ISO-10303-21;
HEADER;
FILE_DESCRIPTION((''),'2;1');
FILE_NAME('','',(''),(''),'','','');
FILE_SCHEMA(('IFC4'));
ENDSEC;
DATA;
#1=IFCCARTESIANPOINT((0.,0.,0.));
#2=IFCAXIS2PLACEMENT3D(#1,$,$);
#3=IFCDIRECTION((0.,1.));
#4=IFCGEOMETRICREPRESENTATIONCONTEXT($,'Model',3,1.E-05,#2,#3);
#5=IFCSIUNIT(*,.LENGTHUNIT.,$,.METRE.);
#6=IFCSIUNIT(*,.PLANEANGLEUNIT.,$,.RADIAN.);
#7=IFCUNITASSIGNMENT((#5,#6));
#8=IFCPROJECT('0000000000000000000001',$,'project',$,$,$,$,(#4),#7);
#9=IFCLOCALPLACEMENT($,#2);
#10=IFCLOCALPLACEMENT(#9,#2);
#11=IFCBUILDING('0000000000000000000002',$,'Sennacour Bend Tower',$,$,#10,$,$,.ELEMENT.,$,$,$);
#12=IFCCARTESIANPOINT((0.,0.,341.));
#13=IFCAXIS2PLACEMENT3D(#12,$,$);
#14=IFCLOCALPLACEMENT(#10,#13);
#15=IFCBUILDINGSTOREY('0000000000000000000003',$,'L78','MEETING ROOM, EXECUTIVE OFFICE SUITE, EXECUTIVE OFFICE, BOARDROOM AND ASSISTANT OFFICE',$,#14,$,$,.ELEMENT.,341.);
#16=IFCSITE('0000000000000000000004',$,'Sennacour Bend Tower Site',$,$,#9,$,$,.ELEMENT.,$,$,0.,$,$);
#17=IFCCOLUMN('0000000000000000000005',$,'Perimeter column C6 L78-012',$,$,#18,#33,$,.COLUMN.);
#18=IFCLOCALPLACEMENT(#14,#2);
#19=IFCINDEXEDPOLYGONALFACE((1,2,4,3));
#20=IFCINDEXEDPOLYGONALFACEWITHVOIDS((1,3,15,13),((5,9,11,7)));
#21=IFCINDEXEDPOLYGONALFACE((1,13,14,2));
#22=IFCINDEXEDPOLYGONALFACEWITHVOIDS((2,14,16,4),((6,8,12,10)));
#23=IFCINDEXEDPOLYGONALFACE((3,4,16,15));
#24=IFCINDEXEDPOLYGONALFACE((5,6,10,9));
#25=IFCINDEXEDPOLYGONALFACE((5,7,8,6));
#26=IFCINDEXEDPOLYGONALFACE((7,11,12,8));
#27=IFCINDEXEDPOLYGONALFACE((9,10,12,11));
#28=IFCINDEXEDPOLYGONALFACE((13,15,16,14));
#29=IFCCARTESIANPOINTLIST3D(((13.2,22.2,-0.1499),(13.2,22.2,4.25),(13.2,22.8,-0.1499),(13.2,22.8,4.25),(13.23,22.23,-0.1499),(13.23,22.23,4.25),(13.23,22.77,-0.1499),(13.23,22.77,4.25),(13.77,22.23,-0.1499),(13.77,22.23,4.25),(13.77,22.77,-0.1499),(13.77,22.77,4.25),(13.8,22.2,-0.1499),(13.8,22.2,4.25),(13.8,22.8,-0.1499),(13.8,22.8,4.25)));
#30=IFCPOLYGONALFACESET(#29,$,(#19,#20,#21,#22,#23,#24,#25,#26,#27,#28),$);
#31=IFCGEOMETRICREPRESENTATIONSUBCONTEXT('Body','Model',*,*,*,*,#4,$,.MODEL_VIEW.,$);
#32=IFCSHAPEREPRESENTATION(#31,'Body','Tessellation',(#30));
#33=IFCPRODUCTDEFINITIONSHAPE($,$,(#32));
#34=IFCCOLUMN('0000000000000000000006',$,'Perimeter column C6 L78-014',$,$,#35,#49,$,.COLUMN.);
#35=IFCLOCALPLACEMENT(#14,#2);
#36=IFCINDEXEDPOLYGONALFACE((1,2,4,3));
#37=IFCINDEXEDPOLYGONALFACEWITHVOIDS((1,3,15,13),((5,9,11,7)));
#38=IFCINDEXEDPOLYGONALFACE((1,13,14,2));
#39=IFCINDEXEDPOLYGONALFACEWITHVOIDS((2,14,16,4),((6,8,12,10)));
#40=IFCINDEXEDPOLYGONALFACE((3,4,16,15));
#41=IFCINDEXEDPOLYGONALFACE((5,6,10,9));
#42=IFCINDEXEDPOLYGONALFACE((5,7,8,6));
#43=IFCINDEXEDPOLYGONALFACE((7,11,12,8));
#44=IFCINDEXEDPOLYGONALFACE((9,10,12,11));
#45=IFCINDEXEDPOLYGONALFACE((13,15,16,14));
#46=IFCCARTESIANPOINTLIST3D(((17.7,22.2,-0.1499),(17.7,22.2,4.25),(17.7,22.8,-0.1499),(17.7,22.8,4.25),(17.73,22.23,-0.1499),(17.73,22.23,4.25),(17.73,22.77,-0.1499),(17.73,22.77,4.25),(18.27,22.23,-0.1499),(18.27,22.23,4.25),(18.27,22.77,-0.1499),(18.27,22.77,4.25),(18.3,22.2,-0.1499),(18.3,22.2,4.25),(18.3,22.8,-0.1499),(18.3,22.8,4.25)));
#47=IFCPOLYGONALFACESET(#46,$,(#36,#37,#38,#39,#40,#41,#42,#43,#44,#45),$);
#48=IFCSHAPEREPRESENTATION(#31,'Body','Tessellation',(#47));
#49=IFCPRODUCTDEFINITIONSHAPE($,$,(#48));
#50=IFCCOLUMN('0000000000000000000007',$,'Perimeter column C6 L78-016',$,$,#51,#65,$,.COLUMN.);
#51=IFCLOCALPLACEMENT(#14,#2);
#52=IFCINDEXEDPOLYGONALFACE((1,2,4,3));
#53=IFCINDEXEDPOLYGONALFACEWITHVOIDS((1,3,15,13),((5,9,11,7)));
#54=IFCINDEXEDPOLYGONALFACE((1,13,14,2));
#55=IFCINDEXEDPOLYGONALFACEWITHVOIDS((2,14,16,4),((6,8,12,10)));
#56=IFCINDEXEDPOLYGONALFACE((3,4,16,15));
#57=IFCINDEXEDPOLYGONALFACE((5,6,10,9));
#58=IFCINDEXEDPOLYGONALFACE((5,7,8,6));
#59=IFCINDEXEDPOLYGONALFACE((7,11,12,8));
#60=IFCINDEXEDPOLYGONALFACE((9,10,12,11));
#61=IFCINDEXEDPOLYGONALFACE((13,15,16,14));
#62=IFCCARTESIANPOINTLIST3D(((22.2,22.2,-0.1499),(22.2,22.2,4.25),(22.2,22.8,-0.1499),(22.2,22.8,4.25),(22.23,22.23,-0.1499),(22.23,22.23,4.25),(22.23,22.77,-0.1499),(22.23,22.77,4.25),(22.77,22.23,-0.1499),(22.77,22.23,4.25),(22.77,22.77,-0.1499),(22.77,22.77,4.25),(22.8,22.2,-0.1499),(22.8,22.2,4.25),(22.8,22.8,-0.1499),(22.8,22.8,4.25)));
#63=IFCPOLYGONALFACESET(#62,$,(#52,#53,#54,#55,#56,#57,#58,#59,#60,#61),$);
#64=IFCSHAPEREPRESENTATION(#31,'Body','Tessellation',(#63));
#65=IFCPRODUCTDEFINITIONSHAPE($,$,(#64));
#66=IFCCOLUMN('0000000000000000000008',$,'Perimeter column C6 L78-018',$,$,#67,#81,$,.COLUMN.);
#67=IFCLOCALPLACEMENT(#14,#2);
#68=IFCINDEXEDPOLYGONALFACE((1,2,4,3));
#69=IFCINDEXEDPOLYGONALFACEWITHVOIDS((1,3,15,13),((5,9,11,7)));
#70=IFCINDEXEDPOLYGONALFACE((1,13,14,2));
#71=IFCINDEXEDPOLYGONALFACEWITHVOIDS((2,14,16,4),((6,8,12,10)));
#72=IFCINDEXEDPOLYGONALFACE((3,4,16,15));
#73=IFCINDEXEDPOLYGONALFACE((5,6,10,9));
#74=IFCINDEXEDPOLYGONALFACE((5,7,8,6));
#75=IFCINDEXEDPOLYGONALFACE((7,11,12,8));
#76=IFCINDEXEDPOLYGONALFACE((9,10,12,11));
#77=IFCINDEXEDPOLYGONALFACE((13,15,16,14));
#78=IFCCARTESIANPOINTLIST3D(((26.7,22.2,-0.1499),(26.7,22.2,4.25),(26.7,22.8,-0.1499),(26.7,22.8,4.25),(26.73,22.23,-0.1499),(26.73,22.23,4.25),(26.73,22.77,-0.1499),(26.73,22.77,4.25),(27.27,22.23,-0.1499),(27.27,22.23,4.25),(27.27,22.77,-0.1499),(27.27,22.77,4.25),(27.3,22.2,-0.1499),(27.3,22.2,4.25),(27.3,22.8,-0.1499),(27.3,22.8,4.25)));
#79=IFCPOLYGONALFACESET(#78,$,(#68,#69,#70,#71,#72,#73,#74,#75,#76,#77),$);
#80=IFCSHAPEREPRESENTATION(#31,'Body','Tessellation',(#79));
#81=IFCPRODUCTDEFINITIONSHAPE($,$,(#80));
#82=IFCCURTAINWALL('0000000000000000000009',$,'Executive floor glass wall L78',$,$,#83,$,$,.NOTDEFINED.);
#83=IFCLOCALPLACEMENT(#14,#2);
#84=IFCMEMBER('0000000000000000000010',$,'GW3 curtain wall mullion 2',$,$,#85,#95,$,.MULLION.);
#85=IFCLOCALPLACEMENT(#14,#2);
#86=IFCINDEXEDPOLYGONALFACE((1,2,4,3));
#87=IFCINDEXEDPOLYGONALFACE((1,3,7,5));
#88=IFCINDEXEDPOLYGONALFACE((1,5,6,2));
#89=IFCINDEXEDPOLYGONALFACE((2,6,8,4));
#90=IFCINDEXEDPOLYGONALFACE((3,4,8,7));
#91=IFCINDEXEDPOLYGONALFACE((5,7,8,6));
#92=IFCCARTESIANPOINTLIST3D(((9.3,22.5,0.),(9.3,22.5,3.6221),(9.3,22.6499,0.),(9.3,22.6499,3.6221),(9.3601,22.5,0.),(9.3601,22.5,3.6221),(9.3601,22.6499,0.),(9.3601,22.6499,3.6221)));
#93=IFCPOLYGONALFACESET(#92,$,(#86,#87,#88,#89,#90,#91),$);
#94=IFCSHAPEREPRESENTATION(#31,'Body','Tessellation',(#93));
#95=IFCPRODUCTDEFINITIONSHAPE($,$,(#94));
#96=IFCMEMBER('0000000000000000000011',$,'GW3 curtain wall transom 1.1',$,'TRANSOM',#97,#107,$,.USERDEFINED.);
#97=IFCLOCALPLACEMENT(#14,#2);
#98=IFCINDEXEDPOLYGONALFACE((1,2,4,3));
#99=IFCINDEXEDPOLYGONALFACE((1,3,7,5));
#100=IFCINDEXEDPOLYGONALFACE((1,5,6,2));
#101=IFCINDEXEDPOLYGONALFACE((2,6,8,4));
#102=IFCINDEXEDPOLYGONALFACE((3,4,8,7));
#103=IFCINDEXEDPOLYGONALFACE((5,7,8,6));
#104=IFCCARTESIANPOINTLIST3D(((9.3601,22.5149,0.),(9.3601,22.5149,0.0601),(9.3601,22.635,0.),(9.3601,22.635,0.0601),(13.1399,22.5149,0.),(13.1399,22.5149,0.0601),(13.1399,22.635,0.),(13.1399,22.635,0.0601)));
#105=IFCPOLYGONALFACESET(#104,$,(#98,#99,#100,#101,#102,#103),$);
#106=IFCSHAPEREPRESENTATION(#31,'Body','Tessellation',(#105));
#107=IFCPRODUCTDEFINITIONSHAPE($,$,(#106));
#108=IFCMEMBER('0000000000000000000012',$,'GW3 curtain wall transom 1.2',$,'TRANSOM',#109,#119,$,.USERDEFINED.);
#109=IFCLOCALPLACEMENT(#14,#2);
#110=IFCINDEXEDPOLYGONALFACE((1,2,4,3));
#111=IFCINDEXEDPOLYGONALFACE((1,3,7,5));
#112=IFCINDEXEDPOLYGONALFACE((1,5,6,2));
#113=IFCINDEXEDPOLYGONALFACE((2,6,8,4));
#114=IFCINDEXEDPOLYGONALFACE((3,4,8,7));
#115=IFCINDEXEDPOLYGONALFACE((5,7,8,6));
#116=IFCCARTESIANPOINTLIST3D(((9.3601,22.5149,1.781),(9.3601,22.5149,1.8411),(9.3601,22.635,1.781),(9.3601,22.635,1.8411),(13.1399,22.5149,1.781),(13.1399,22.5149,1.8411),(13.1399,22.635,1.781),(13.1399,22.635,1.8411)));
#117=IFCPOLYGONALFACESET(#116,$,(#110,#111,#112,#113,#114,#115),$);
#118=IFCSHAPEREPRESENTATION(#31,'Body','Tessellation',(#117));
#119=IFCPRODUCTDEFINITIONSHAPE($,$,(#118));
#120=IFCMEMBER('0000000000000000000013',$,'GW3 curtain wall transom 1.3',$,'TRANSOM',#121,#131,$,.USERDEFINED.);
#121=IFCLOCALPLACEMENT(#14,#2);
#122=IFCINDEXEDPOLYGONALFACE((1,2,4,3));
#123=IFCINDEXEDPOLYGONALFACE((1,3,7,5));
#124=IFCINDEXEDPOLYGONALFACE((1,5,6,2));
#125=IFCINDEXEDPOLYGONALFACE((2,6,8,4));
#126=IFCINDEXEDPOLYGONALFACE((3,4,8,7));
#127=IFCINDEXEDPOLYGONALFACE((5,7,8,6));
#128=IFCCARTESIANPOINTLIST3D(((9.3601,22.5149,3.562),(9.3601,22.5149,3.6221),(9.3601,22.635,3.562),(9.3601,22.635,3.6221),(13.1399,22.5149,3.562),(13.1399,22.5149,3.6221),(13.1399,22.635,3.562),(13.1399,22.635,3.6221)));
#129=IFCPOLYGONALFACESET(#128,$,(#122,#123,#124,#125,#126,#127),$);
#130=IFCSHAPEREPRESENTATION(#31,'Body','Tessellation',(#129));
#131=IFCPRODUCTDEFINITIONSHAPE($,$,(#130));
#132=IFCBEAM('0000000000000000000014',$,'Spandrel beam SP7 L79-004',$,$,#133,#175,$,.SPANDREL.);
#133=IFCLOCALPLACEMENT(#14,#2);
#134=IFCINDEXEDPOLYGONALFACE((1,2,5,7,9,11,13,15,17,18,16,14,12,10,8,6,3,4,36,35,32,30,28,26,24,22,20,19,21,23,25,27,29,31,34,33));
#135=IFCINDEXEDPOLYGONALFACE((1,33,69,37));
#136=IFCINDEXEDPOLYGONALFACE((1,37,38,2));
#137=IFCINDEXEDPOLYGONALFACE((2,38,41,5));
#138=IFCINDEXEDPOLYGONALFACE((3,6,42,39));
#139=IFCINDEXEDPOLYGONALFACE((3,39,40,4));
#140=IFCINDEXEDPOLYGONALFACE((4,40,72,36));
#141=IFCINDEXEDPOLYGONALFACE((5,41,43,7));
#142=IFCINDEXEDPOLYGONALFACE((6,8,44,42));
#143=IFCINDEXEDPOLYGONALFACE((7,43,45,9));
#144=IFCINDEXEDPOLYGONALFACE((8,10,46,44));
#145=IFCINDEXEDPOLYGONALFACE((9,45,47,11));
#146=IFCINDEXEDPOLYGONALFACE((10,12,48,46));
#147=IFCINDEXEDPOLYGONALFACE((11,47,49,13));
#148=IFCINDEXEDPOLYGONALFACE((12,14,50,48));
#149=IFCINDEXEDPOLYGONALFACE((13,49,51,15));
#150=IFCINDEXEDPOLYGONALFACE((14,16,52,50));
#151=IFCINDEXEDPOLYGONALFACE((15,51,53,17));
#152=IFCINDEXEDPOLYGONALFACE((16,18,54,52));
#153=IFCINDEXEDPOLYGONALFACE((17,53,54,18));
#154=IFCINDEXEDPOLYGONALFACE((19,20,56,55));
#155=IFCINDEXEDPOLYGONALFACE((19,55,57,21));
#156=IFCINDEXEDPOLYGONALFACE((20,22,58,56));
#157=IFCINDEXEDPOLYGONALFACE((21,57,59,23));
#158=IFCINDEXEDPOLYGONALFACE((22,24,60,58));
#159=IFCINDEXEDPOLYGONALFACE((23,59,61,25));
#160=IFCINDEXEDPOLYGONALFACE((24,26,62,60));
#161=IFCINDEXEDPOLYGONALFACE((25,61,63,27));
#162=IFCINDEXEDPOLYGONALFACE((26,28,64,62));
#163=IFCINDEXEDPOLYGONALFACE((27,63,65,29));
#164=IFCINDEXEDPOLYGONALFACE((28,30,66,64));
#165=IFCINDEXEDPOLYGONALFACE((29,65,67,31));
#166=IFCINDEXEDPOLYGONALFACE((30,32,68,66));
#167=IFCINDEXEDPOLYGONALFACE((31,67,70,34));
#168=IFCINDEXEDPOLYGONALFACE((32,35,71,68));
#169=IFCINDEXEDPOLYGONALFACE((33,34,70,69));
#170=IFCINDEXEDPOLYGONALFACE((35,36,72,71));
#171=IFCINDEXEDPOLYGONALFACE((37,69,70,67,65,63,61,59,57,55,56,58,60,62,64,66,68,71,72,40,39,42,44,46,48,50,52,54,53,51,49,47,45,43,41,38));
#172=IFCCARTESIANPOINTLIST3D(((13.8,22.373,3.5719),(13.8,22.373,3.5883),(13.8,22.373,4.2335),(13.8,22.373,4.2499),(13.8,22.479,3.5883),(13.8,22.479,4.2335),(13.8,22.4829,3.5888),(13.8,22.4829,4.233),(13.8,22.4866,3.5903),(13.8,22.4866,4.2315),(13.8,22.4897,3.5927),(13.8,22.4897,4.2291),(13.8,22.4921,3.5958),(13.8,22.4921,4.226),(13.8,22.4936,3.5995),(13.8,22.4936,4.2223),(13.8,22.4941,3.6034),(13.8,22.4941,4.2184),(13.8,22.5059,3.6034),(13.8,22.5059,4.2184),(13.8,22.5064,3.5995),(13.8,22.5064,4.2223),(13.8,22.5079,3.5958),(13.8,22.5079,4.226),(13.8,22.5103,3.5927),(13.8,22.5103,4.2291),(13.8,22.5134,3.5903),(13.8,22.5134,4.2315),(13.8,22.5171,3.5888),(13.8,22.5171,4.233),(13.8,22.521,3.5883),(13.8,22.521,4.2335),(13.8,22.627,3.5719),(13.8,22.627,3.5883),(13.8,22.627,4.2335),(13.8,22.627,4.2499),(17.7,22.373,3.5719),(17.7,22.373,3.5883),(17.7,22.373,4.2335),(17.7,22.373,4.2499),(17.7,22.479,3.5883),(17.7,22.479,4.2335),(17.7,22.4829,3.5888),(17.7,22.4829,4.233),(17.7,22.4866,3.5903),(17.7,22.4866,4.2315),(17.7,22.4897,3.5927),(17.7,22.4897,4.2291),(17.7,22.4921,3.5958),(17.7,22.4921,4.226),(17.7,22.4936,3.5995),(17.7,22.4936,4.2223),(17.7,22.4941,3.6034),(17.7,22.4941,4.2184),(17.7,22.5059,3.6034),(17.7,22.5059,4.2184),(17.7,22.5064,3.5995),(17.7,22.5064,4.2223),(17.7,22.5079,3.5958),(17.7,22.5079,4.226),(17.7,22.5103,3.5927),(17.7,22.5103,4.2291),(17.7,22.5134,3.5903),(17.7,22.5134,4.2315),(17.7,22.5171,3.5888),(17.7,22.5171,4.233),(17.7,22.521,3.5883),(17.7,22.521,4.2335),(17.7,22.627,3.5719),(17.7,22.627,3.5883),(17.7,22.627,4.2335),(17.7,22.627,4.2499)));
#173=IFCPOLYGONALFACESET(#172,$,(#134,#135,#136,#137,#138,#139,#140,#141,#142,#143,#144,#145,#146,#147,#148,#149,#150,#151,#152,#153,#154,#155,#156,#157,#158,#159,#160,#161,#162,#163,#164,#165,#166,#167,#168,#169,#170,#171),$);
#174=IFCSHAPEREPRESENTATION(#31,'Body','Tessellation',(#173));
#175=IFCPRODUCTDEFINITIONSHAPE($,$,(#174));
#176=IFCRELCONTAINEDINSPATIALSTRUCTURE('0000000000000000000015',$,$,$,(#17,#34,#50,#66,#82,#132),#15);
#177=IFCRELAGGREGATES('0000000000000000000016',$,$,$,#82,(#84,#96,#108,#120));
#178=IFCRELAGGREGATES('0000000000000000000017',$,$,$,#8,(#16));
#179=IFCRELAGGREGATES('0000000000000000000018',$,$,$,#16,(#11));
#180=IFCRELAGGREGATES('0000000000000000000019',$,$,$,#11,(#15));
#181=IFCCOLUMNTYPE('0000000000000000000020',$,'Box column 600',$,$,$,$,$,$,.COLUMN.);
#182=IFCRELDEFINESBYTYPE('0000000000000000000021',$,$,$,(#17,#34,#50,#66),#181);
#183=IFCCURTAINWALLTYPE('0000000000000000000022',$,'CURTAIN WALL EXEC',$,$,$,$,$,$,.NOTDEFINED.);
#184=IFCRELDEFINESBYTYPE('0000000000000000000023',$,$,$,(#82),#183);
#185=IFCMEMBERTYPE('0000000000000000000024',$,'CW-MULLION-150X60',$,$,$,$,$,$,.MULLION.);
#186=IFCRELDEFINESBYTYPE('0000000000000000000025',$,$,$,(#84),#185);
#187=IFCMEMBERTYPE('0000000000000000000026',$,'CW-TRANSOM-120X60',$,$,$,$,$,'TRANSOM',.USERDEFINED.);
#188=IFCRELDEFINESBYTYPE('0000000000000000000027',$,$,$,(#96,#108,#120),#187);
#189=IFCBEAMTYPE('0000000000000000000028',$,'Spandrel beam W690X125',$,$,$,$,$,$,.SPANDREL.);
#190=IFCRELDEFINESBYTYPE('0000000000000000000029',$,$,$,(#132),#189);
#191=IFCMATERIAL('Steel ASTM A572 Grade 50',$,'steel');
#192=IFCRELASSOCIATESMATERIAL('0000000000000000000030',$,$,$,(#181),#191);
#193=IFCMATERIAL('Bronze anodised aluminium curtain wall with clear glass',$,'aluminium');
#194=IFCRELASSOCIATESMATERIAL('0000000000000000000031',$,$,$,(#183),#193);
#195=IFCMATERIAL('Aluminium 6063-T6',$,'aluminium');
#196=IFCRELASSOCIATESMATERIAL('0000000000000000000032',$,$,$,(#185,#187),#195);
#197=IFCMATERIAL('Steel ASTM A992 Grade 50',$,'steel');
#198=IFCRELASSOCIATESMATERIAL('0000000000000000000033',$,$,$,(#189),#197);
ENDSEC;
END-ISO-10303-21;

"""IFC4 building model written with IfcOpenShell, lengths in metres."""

from ifc_helpers import new_model, si_unit, direction, frame, origin, origin_2d, place, context, subcontext, project, spatial, rectangle, hollow_rectangle, i_section, extrude, material, material_profile, profile_set, type_object, element, aggregate, save


model = new_model("IFC4")

# Units and contexts
model_context = context("Model", 3, precision=1e-05, world=origin(), true_north=direction((0.0, 1.0)))
body_context = subcontext(model_context, "Body", "Model", "MODEL_VIEW")
ifc_project = project(units=[si_unit("LENGTHUNIT", "METRE"), si_unit("PLANEANGLEUNIT", "RADIAN")], contexts=[model_context])

# Site, building, storey
site_placement = place(None, origin())
site = spatial("IfcSite", under=ifc_project, at=site_placement, Name="Sennacour Bend Tower Site", CompositionType="ELEMENT", RefElevation=0.0)
building_placement = place(site_placement, origin())
building = spatial("IfcBuilding", under=site, at=building_placement, Name="Sennacour Bend Tower", CompositionType="ELEMENT")
storey_placement = place(building_placement, frame((0.0, 0.0, 341.0)))
storey = spatial("IfcBuildingStorey", under=building, at=storey_placement, Name="L78", Description="MEETING ROOM, EXECUTIVE OFFICE SUITE, EXECUTIVE OFFICE, BOARDROOM AND ASSISTANT OFFICE", CompositionType="ELEMENT", Elevation=341.0)

# Columns
ifc_material_1 = material(Name="Steel ASTM A572 Grade 50", Category="steel")
ifc_material_profile_1 = material_profile(ifc_material_1, hollow_rectangle(XDim=0.6001, YDim=0.6001, WallThickness=0.03, at=origin_2d()), Name="Steel ASTM A572 Grade 50", Category="steel")
ifc_profile_set_1 = profile_set([ifc_material_profile_1], Name="Steel ASTM A572 Grade 50")
column_type = type_object("IfcColumnType", Name="Box column 600", PredefinedType="COLUMN", material=ifc_profile_set_1)
for number, where, z_axis, x_axis, name in (
    (1, (13.5, 22.5, -0.1499), (0.0, 0.0, 1.0), (1.0, 0.0, 0.0), "Perimeter column C6 L78-012"),
    (2, (18.0, 22.5, -0.1499), (0.0, 0.0, 1.0), (1.0, 0.0, 0.0), "Perimeter column C6 L78-014"),
    (3, (22.5, 22.5, -0.1499), (0.0, 0.0, 1.0), (1.0, 0.0, 0.0), "Perimeter column C6 L78-016"),
    (4, (27.0, 22.5, -0.1499), (0.0, 0.0, 1.0), (1.0, 0.0, 0.0), "Perimeter column C6 L78-018"),
):
    element("IfcColumn", number, at=place(storey_placement, frame(where, z_axis=z_axis, x_axis=x_axis)), inside=storey, type_object=column_type, Name=name, PredefinedType="COLUMN", context=body_context, shape_type="SweptSolid", body=[
        extrude(hollow_rectangle(XDim=0.6001, YDim=0.6001, WallThickness=0.03, at=origin_2d()), origin(), (0.0, 0.0, 1.0), 4.3999),
    ])

# Curtain wall, members
ifc_material_2 = material(Name="Bronze anodised aluminium curtain wall with clear glass", Category="aluminium")
curtain_wall_type = type_object("IfcCurtainWallType", Name="CURTAIN WALL EXEC", PredefinedType="NOTDEFINED", material=ifc_material_2)
curtain_wall_placement = place(storey_placement, origin())
curtain_wall = element("IfcCurtainWall", 5, at=curtain_wall_placement, inside=storey, type_object=curtain_wall_type, Name="Executive floor glass wall L78", PredefinedType="NOTDEFINED")
ifc_material_3 = material(Name="Aluminium 6063-T6", Category="aluminium")
ifc_material_profile_2 = material_profile(ifc_material_3, rectangle(XDim=0.1499, YDim=0.0601, at=origin_2d()), Name="Aluminium 6063-T6", Category="aluminium")
ifc_profile_set_2 = profile_set([ifc_material_profile_2], Name="Aluminium 6063-T6")
member_type_1 = type_object("IfcMemberType", Name="CW-MULLION-150X60", PredefinedType="MULLION", material=ifc_profile_set_2)
member_1_placement = place(storey_placement, frame((9.3301, 22.575, 0.0), z_axis=(0.0, 0.0, 1.0), x_axis=(0.0, -1.0, 0.0)))
member_1 = element("IfcMember", 6, at=member_1_placement, type_object=member_type_1, Name="GW3 curtain wall mullion 2", PredefinedType="MULLION", context=body_context, shape_type="SweptSolid", body=[
    extrude(rectangle(XDim=0.1499, YDim=0.0601, at=origin_2d()), origin(), (0.0, 0.0, 1.0), 3.6221),
])
ifc_material_profile_3 = material_profile(ifc_material_3, rectangle(XDim=0.1201, YDim=0.0601, at=origin_2d()), Name="Aluminium 6063-T6", Category="aluminium")
ifc_profile_set_3 = profile_set([ifc_material_profile_3], Name="Aluminium 6063-T6")
member_type_2 = type_object("IfcMemberType", Name="CW-TRANSOM-120X60", ElementType="TRANSOM", PredefinedType="USERDEFINED", material=ifc_profile_set_3)
member_2_placement = place(storey_placement, frame((13.1399, 22.575, 0.03), z_axis=(-1.0, 0.0, 0.0), x_axis=(0.0, -1.0, 0.0)))
member_2 = element("IfcMember", 7, at=member_2_placement, type_object=member_type_2, Name="GW3 curtain wall transom 1.1", ObjectType="TRANSOM", PredefinedType="USERDEFINED", context=body_context, shape_type="SweptSolid", body=[
    extrude(rectangle(XDim=0.1201, YDim=0.0601, at=origin_2d()), origin(), (0.0, 0.0, 1.0), 3.7798),
])
member_3_placement = place(storey_placement, frame((13.1399, 22.575, 1.811), z_axis=(-1.0, 0.0, 0.0), x_axis=(0.0, -1.0, 0.0)))
member_3 = element("IfcMember", 8, at=member_3_placement, type_object=member_type_2, Name="GW3 curtain wall transom 1.2", ObjectType="TRANSOM", PredefinedType="USERDEFINED", context=body_context, shape_type="SweptSolid", body=[
    extrude(rectangle(XDim=0.1201, YDim=0.0601, at=origin_2d()), origin(), (0.0, 0.0, 1.0), 3.7798),
])
member_4_placement = place(storey_placement, frame((13.1399, 22.575, 3.592), z_axis=(-1.0, 0.0, 0.0), x_axis=(0.0, -1.0, 0.0)))
member_4 = element("IfcMember", 9, at=member_4_placement, type_object=member_type_2, Name="GW3 curtain wall transom 1.3", ObjectType="TRANSOM", PredefinedType="USERDEFINED", context=body_context, shape_type="SweptSolid", body=[
    extrude(rectangle(XDim=0.1201, YDim=0.0601, at=origin_2d()), origin(), (0.0, 0.0, 1.0), 3.7798),
])

# Beam
ifc_material_4 = material(Name="Steel ASTM A992 Grade 50", Category="steel")
ifc_material_profile_4 = material_profile(ifc_material_4, i_section(OverallWidth=0.2539, OverallDepth=0.678, WebThickness=0.0117, FlangeThickness=0.0164, FilletRadius=0.0151, at=origin_2d()), Name="Steel ASTM A992 Grade 50", Category="steel")
ifc_profile_set_4 = profile_set([ifc_material_profile_4], Name="Steel ASTM A992 Grade 50")
beam_type = type_object("IfcBeamType", Name="Spandrel beam W690X125", PredefinedType="SPANDREL", material=ifc_profile_set_4)
for number, where, z_axis, x_axis, name in (
    (10, (13.8, 22.5, 3.9109), (1.0, 0.0, 0.0), (0.0, 1.0, 0.0), "Spandrel beam SP7 L79-004"),
):
    element("IfcBeam", number, at=place(storey_placement, frame(where, z_axis=z_axis, x_axis=x_axis)), inside=storey, type_object=beam_type, Name=name, PredefinedType="SPANDREL", context=body_context, shape_type="SweptSolid", body=[
        extrude(i_section(OverallWidth=0.2539, OverallDepth=0.678, WebThickness=0.0117, FlangeThickness=0.0164, FilletRadius=0.0151, at=origin_2d()), origin(), (0.0, 0.0, 1.0), 3.8999),
    ])

aggregate(curtain_wall, [member_1, member_2, member_3, member_4])

save(model, "model.ifc")
